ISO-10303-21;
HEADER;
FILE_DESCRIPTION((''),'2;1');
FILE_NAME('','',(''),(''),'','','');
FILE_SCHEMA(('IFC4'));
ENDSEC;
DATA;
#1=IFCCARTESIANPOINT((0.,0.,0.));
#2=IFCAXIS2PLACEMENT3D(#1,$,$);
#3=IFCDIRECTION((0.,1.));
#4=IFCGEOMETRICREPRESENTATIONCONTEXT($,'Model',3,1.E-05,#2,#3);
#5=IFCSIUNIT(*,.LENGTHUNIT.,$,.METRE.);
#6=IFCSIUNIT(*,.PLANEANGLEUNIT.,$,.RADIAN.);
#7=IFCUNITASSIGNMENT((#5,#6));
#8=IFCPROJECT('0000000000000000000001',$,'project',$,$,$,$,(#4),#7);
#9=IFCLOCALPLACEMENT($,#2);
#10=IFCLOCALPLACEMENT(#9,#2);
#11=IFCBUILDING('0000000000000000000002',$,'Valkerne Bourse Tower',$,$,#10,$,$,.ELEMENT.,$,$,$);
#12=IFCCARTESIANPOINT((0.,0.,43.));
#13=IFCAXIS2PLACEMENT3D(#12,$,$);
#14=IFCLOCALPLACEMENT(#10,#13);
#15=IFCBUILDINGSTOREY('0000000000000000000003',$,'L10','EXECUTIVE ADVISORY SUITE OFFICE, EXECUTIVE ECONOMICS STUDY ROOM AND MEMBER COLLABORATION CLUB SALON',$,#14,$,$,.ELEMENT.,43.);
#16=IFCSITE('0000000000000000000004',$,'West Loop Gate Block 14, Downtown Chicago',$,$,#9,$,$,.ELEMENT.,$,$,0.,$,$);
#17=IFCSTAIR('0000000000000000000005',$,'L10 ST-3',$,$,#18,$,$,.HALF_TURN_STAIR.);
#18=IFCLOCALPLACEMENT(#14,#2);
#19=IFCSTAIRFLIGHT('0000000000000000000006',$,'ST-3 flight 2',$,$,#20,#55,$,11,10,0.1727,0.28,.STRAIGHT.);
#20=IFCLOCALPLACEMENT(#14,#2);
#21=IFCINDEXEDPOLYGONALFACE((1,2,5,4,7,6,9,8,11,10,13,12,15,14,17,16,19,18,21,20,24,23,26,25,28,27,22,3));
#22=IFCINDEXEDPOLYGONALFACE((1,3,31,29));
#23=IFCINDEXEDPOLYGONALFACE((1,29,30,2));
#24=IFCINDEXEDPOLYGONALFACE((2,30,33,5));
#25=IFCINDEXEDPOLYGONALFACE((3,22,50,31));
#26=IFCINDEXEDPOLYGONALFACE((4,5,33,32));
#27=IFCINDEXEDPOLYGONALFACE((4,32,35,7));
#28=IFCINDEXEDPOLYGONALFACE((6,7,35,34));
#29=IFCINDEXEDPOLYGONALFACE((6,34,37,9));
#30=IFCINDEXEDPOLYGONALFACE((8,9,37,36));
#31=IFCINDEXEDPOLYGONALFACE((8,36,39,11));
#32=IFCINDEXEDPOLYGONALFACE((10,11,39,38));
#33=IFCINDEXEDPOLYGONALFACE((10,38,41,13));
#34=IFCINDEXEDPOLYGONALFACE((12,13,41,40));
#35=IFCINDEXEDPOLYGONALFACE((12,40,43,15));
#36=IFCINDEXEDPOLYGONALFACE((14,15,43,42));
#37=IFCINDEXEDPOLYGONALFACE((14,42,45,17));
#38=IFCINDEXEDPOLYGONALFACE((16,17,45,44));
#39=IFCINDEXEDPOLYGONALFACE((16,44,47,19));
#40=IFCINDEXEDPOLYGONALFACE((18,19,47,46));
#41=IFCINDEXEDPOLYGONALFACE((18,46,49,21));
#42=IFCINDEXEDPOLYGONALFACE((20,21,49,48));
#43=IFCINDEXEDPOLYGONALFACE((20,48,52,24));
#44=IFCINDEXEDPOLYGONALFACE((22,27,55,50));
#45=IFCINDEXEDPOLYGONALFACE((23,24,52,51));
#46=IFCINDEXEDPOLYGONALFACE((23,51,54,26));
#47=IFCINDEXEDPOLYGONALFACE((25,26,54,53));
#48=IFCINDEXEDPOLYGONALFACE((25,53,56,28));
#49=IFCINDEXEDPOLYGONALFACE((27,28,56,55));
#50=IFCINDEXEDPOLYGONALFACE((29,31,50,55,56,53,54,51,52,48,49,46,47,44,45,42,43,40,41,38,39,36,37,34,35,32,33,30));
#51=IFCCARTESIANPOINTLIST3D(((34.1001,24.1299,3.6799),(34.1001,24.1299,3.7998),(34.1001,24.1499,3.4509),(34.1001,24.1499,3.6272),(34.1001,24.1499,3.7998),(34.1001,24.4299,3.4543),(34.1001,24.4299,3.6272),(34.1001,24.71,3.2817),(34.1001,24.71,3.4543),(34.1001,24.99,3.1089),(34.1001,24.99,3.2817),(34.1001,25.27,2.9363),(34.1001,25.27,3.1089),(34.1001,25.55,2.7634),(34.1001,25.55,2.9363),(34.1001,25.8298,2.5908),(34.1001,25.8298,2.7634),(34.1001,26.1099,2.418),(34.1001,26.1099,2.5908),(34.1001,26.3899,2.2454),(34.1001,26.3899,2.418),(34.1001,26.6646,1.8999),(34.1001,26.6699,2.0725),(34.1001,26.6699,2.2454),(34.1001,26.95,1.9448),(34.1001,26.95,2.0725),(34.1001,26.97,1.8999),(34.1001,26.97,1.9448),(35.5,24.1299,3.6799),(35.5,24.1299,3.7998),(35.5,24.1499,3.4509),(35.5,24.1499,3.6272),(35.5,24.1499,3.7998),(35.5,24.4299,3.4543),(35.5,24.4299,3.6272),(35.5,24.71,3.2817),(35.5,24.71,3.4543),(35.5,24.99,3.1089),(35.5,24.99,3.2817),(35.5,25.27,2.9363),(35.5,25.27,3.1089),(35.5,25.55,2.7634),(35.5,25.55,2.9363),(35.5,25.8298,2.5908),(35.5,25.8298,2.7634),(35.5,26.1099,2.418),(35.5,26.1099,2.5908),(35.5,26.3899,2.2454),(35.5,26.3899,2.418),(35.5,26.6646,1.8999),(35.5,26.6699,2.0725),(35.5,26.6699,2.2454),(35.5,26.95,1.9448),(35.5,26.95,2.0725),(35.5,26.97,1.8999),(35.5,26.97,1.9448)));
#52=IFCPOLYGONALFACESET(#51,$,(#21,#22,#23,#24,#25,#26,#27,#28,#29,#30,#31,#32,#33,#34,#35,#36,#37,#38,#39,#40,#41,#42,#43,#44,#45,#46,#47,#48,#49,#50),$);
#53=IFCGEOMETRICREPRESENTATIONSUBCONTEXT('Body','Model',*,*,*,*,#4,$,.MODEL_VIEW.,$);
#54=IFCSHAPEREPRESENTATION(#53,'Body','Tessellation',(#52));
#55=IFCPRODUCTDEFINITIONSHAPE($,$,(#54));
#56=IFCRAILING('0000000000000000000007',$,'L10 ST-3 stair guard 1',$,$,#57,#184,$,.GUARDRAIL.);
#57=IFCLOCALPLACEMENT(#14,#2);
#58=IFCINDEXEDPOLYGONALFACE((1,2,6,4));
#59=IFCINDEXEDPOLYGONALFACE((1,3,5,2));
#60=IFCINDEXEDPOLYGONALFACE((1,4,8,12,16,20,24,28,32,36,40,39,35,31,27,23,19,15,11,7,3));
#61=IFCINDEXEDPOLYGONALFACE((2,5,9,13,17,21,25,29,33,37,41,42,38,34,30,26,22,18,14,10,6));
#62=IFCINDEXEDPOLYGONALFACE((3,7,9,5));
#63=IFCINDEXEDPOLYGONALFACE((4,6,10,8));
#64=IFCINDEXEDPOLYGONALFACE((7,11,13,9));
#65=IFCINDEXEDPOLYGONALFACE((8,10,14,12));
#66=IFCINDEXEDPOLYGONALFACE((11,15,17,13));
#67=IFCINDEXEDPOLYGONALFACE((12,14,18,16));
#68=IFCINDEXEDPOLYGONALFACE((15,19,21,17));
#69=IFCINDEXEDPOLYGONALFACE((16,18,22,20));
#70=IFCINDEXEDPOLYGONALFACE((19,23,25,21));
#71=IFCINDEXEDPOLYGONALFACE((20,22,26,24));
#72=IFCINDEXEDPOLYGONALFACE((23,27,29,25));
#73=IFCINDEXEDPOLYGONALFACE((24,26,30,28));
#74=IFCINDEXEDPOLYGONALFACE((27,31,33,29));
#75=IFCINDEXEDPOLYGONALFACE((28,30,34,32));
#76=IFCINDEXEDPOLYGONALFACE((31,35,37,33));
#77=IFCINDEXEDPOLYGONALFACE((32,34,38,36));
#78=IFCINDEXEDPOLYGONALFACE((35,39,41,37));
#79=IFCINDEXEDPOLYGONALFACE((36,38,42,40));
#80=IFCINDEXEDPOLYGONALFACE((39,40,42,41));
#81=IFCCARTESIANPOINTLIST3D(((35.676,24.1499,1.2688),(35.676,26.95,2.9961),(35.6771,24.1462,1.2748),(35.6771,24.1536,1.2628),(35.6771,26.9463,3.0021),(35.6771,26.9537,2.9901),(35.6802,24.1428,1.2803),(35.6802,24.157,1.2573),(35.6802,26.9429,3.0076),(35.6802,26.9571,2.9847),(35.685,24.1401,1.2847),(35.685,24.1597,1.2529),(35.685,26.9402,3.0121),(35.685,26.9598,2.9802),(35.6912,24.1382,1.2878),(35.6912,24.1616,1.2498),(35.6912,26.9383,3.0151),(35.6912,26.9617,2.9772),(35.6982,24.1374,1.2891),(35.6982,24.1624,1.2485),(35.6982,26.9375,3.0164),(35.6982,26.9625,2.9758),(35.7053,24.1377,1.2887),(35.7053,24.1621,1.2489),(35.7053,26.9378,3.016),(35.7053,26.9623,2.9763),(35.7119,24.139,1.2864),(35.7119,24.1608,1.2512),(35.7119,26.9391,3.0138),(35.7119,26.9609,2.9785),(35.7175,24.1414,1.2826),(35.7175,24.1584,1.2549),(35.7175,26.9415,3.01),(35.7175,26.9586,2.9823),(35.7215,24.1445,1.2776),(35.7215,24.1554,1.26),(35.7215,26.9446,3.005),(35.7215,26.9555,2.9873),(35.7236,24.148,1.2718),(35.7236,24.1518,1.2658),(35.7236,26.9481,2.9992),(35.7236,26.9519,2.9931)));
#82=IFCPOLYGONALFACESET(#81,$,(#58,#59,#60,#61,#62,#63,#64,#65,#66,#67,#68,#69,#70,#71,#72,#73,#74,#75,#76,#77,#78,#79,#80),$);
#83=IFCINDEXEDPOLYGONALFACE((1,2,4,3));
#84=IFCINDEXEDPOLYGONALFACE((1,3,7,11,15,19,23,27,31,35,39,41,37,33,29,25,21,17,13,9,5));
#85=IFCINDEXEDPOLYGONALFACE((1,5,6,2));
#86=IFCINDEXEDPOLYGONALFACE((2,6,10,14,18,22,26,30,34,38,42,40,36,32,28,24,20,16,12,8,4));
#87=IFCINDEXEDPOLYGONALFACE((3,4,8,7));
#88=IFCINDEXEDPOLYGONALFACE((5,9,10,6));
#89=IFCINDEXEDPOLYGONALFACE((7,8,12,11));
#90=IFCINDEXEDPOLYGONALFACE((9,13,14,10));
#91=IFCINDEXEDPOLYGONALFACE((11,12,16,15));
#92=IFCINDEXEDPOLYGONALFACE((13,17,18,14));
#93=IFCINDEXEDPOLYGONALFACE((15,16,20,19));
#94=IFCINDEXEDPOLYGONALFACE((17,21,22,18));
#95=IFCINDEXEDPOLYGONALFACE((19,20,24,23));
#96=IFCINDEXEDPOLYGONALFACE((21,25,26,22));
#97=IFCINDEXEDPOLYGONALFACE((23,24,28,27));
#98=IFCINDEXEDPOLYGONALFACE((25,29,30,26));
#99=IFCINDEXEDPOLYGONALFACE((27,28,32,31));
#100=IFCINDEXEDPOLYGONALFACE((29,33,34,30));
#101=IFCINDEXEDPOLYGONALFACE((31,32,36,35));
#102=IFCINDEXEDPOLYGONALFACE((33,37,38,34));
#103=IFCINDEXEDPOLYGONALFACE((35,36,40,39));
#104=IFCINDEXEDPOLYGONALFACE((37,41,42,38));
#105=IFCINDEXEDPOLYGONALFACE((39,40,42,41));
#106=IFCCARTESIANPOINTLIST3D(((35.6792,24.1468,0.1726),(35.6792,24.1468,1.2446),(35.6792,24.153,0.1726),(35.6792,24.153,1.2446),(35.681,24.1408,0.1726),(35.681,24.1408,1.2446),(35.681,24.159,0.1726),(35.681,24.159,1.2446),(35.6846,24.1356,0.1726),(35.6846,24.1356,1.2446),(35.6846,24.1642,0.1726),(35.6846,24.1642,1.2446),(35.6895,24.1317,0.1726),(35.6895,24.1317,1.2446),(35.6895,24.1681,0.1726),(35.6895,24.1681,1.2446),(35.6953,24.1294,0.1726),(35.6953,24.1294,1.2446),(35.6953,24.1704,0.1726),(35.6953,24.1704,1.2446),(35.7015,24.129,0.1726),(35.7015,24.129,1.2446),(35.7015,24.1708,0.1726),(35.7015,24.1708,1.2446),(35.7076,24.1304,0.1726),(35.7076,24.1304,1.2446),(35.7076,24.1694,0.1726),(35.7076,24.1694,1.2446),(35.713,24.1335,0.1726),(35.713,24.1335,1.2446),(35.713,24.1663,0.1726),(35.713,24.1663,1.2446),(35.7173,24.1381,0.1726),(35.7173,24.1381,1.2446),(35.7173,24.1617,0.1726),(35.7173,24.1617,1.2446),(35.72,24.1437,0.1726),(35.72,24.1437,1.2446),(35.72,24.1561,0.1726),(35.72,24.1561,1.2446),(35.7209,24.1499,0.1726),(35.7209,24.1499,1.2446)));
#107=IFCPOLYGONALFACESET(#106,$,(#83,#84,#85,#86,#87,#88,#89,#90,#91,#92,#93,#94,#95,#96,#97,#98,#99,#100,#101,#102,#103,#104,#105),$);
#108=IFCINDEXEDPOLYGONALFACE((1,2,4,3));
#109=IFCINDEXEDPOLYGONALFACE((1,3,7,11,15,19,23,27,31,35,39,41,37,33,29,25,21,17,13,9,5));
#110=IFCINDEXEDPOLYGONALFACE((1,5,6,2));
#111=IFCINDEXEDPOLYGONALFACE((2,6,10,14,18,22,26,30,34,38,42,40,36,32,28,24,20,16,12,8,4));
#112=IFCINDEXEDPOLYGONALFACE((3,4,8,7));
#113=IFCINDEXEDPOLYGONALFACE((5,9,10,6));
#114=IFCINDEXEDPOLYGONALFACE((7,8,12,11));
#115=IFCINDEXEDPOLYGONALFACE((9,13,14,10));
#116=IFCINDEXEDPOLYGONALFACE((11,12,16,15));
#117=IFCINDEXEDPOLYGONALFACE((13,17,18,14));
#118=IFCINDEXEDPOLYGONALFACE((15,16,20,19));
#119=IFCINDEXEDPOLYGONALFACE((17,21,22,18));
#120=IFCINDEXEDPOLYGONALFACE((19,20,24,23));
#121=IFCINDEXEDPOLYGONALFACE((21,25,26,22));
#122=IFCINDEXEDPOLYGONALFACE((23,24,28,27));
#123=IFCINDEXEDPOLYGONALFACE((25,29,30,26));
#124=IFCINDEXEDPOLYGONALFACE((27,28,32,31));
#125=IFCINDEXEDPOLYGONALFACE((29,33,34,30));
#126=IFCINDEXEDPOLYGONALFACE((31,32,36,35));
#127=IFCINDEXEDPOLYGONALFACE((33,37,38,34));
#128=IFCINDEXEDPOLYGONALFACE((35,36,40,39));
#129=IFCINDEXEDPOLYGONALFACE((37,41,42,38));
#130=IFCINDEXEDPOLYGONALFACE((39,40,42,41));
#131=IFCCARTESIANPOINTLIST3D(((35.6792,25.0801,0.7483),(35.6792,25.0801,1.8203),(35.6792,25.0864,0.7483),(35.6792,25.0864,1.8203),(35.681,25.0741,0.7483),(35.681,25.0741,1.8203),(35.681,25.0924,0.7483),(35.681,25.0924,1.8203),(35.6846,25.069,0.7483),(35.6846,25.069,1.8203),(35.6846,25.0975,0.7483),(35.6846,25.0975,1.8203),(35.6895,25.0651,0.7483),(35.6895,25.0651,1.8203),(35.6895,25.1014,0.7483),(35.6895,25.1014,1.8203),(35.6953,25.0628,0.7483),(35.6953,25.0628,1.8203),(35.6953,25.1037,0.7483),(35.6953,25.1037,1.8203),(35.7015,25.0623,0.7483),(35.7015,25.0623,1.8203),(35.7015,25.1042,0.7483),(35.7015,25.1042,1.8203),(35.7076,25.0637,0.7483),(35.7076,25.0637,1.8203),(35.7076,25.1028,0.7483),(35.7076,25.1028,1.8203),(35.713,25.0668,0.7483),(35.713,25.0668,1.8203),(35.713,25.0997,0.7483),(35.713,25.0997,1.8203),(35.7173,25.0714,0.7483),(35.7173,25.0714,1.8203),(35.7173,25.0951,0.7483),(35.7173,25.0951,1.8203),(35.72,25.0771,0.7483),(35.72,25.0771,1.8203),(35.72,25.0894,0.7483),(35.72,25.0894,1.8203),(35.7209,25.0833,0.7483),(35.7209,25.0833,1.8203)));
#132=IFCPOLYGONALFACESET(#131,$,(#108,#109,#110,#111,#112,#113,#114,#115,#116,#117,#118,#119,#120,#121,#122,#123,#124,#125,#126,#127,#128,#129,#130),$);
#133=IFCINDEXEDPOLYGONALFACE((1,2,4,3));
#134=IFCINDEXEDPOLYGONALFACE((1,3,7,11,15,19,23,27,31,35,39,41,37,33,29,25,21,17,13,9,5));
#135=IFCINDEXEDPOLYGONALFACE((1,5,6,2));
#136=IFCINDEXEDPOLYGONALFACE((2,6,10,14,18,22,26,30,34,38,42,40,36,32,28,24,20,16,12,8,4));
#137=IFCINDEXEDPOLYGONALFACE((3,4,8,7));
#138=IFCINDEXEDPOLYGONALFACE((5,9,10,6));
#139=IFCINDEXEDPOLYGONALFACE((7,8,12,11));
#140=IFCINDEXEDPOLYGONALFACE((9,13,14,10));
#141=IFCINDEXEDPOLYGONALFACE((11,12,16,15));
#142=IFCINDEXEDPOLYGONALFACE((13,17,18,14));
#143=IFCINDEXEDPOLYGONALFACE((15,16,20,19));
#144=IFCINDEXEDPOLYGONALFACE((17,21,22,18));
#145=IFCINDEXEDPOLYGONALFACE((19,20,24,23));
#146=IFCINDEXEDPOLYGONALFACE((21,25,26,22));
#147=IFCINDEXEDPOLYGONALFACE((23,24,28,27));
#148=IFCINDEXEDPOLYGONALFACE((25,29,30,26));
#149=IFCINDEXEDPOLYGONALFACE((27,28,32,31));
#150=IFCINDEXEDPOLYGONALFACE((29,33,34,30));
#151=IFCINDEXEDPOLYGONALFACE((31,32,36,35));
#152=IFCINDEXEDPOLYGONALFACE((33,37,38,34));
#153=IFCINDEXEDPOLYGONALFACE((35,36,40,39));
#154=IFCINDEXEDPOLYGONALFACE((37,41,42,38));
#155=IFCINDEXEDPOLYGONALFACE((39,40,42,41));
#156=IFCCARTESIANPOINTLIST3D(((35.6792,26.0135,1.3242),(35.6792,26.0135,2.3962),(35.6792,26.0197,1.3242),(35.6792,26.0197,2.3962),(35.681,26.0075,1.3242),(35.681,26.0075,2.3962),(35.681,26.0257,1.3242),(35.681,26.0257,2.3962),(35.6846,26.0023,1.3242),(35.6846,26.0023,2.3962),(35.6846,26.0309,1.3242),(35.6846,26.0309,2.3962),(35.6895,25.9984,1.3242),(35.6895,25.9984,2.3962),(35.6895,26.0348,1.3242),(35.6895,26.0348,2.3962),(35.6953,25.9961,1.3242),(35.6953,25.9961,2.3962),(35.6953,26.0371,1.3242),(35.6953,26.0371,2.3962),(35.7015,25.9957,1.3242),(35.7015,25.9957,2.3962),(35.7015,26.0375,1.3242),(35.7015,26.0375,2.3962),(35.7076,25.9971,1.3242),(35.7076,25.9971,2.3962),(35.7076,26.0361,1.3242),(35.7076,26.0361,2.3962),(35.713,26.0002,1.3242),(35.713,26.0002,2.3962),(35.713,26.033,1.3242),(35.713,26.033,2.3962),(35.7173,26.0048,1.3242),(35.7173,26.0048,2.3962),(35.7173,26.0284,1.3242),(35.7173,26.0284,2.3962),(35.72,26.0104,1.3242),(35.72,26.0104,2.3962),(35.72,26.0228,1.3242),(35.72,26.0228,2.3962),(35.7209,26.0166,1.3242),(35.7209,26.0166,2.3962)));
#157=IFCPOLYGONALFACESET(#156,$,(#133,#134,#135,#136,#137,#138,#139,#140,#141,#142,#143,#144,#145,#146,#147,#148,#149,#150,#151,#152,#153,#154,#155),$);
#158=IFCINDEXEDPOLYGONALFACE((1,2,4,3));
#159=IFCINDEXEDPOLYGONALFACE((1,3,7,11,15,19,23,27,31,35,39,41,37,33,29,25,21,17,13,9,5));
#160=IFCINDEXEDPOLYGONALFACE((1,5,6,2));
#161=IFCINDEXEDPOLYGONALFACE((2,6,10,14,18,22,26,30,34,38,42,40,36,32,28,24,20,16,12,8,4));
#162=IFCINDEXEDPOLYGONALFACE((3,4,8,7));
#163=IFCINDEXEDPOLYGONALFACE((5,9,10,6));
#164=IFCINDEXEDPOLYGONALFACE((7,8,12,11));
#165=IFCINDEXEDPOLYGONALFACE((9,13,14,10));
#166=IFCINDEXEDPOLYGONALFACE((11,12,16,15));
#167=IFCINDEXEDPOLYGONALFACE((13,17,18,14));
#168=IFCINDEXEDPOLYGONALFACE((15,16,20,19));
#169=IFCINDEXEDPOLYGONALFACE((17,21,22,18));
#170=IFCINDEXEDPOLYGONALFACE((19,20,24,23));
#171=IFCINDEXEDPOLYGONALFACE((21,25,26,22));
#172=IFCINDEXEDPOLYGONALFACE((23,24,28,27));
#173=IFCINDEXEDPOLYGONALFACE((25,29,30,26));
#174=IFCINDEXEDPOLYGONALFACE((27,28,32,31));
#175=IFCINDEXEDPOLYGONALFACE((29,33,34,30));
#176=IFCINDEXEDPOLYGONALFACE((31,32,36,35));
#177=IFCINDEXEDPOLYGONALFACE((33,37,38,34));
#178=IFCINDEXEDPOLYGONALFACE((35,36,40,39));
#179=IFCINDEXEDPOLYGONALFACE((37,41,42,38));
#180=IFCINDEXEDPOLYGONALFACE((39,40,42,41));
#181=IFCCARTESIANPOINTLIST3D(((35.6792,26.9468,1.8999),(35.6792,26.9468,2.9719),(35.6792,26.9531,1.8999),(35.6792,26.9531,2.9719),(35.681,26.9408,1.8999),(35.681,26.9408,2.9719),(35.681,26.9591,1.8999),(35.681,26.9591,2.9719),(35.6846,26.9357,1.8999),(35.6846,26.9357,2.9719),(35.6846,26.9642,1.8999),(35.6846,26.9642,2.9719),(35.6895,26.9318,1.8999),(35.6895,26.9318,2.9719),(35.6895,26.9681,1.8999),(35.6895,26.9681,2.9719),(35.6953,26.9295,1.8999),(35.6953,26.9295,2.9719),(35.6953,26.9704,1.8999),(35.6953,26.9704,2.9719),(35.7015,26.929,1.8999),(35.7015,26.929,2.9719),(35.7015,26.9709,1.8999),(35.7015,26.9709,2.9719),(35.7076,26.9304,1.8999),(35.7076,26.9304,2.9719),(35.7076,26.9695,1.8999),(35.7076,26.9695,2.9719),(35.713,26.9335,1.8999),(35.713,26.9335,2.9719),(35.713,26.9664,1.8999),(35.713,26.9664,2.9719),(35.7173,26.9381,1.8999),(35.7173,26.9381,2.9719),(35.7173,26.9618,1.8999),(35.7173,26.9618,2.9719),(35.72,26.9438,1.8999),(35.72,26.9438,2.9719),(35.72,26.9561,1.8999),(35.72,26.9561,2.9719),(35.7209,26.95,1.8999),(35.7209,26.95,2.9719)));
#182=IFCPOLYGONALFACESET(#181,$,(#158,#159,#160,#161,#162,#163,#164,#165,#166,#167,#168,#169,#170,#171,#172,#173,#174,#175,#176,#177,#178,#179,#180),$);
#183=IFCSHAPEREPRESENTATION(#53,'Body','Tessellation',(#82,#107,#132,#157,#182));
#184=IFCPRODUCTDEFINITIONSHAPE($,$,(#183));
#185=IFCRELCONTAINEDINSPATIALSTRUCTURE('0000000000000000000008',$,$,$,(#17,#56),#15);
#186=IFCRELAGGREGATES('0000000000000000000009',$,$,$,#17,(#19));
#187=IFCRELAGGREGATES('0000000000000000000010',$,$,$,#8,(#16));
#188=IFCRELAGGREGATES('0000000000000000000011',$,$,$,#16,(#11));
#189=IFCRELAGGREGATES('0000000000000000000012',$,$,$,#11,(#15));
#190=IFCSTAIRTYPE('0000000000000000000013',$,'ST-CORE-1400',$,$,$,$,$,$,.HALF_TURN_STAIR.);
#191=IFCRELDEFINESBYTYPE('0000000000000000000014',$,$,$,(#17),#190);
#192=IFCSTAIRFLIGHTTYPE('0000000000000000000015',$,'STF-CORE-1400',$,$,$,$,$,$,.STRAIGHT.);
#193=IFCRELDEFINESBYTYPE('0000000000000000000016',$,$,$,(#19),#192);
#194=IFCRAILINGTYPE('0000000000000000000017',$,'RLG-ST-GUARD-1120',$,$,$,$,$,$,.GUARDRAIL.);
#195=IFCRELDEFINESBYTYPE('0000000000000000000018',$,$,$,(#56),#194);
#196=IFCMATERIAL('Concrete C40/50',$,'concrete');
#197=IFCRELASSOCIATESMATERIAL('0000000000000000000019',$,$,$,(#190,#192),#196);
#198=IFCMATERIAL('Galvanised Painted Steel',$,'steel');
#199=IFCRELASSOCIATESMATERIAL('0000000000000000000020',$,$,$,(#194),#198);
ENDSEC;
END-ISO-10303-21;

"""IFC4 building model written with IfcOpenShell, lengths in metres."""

from ifc_helpers import new_model, si_unit, direction, frame, origin, origin_2d, place, context, subcontext, project, spatial, polyline, circle, outline, extrude, material, type_object, element, aggregate, save


model = new_model("IFC4")

# Units and contexts
model_context = context("Model", 3, precision=1e-05, world=origin(), true_north=direction((0.0, 1.0)))
body_context = subcontext(model_context, "Body", "Model", "MODEL_VIEW")
ifc_project = project(units=[si_unit("LENGTHUNIT", "METRE"), si_unit("PLANEANGLEUNIT", "RADIAN")], contexts=[model_context])

# Site, building, storey
site_placement = place(None, origin())
site = spatial("IfcSite", under=ifc_project, at=site_placement, Name="West Loop Gate Block 14, Downtown Chicago", CompositionType="ELEMENT", RefElevation=0.0)
building_placement = place(site_placement, origin())
building = spatial("IfcBuilding", under=site, at=building_placement, Name="Valkerne Bourse Tower", CompositionType="ELEMENT")
storey_placement = place(building_placement, frame((0.0, 0.0, 43.0)))
storey = spatial("IfcBuildingStorey", under=building, at=storey_placement, Name="L10", Description="EXECUTIVE ADVISORY SUITE OFFICE, EXECUTIVE ECONOMICS STUDY ROOM AND MEMBER COLLABORATION CLUB SALON", CompositionType="ELEMENT", Elevation=43.0)

# Shared definitions
ifc_material_1 = material(Name="Concrete C40/50", Category="concrete")
ifc_material_2 = material(Name="Galvanised Painted Steel", Category="steel")

# Stair, stair flight
stair_type = type_object("IfcStairType", Name="ST-CORE-1400", PredefinedType="HALF_TURN_STAIR", material=ifc_material_1)
stair_placement = place(storey_placement, origin())
stair = element("IfcStair", 1, at=stair_placement, inside=storey, type_object=stair_type, Name="L10 ST-3", PredefinedType="HALF_TURN_STAIR")
stair_flight_type = type_object("IfcStairFlightType", Name="STF-CORE-1400", PredefinedType="STRAIGHT", material=ifc_material_1)
stair_flight_1_placement = place(storey_placement, frame((34.8, 26.95, 1.8999), z_axis=(0.0, 0.0, 1.0), x_axis=(0.0, -1.0, 0.0)))
stair_flight_1 = element("IfcStairFlight", 2, at=stair_flight_1_placement, type_object=stair_flight_type, Name="ST-3 flight 2", NumberOfRisers=11, NumberOfTreads=10, PredefinedType="STRAIGHT", RiserHeight=0.1727, TreadLength=0.28, context=body_context, shape_type="SweptSolid", body=[
    extrude(outline(polyline([(-0.02, 0.0), (-0.02, 0.0449), (0.0, 0.0449), (0.0, 0.1726), (0.28, 0.1726), (0.28, 0.3455), (0.5601, 0.3455), (0.5601, 0.5181), (0.8401, 0.5181), (0.8401, 0.6909), (1.1201, 0.6909), (1.1201, 0.8635), (1.3999, 0.8635), (1.3999, 1.0364), (1.6799, 1.0364), (1.6799, 1.209), (1.96, 1.209), (1.96, 1.3818), (2.24, 1.3818), (2.24, 1.5544), (2.52, 1.5544), (2.52, 1.7273), (2.8, 1.7273), (2.8, 1.8999), (2.8201, 1.8999), (2.8201, 1.78), (2.8, 1.551), (0.2854, 0.0), (-0.02, 0.0)])), frame((0.0, 0.7, 0.0), z_axis=(0.0, -1.0, 0.0), x_axis=(1.0, 0.0, 0.0)), (0.0, 0.0, 1.0), 1.3999),
])
aggregate(stair, [stair_flight_1])

# Railing
railing_type_1 = type_object("IfcRailingType", Name="RLG-ST-GUARD-1120", PredefinedType="GUARDRAIL", material=ifc_material_2)
railing_1_placement = place(storey_placement, frame((35.7, 24.1499, 0.1726)))
element("IfcRailing", 3, at=railing_1_placement, inside=storey, type_object=railing_type_1, Name="L10 ST-3 stair guard 1", PredefinedType="GUARDRAIL", context=body_context, shape_type="SweptSolid", body=[
    extrude(circle(Radius=0.0239, at=origin_2d()), frame((0.0, 0.0, 1.0962), z_axis=(0.0, 0.85109, 0.52502), x_axis=(-1.0, 0.0, 0.0)), (0.0, 0.0, 1.0), 3.29),
    extrude(circle(Radius=0.021, at=origin_2d()), origin(), (0.0, 0.0, 1.0), 1.072),
    extrude(circle(Radius=0.021, at=origin_2d()), frame((0.0, 0.9333, 0.5757)), (0.0, 0.0, 1.0), 1.072),
    extrude(circle(Radius=0.021, at=origin_2d()), frame((0.0, 1.8667, 1.1516)), (0.0, 0.0, 1.0), 1.072),
    extrude(circle(Radius=0.021, at=origin_2d()), frame((0.0, 2.8, 1.7273)), (0.0, 0.0, 1.0), 1.072),
])

save(model, "model.ifc")
